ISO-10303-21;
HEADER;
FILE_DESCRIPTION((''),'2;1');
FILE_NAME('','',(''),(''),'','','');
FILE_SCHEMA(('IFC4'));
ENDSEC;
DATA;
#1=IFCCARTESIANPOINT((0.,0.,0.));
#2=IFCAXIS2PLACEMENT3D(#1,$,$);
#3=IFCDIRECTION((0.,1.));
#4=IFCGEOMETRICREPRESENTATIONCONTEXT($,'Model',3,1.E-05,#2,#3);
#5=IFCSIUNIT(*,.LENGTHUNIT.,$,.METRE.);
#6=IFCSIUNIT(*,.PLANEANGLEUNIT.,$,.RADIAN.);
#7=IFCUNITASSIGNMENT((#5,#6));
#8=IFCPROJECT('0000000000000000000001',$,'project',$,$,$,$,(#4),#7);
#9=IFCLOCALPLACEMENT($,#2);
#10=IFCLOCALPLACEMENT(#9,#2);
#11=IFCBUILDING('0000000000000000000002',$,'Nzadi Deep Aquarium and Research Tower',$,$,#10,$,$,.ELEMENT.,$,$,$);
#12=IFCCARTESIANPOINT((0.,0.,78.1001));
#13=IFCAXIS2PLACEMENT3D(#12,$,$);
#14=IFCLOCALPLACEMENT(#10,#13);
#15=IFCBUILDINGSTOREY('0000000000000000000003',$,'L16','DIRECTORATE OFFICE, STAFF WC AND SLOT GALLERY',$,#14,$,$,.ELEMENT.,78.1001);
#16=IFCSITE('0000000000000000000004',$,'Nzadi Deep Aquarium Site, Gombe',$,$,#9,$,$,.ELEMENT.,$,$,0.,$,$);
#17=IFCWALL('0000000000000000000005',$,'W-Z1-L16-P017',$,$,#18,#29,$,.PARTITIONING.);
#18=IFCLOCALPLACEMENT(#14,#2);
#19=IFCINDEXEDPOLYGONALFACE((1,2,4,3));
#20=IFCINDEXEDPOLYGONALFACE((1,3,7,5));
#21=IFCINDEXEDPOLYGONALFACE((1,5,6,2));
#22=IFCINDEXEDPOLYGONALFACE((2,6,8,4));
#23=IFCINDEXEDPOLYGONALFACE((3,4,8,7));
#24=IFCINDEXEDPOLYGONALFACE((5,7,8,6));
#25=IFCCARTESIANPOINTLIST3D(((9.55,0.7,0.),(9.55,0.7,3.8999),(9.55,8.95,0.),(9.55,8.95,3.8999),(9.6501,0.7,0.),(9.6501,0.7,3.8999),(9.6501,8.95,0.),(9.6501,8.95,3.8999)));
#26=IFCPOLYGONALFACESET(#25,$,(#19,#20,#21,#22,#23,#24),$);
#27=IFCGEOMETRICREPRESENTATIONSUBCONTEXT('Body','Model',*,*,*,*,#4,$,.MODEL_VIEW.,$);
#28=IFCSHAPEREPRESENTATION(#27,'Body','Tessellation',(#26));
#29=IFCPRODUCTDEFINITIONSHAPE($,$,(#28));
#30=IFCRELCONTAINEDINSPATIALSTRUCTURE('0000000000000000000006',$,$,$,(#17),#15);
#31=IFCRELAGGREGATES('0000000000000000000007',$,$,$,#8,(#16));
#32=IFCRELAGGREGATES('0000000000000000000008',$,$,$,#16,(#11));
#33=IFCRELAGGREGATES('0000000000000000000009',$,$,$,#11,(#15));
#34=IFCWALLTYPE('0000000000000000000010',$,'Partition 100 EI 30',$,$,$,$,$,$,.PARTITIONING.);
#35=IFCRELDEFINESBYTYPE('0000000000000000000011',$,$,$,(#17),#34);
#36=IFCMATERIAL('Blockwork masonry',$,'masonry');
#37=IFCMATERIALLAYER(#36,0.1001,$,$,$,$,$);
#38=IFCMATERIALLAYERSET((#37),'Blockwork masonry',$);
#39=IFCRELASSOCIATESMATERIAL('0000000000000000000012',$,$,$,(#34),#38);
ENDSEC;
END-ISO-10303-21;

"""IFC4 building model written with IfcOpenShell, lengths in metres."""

from ifc_helpers import new_model, si_unit, direction, frame, frame_2d, origin, place, context, subcontext, project, spatial, rectangle, extrude, material, layer, layer_set, type_object, element, save


model = new_model("IFC4")

# Units and contexts
model_context = context("Model", 3, precision=1e-05, world=origin(), true_north=direction((0.0, 1.0)))
body_context = subcontext(model_context, "Body", "Model", "MODEL_VIEW")
ifc_project = project(units=[si_unit("LENGTHUNIT", "METRE"), si_unit("PLANEANGLEUNIT", "RADIAN")], contexts=[model_context])

# Site, building, storey
site_placement = place(None, origin())
site = spatial("IfcSite", under=ifc_project, at=site_placement, Name="Nzadi Deep Aquarium Site, Gombe", CompositionType="ELEMENT", RefElevation=0.0)
building_placement = place(site_placement, origin())
building = spatial("IfcBuilding", under=site, at=building_placement, Name="Nzadi Deep Aquarium and Research Tower", CompositionType="ELEMENT")
storey_placement = place(building_placement, frame((0.0, 0.0, 78.1001)))
storey = spatial("IfcBuildingStorey", under=building, at=storey_placement, Name="L16", Description="DIRECTORATE OFFICE, STAFF WC AND SLOT GALLERY", CompositionType="ELEMENT", Elevation=78.1001)

# Wall
ifc_material_1 = material(Name="Blockwork masonry", Category="masonry")
ifc_layer_1 = layer(ifc_material_1, 0.1001)
ifc_layer_set_1 = layer_set([ifc_layer_1], Name="Blockwork masonry")
wall_type = type_object("IfcWallType", Name="Partition 100 EI 30", PredefinedType="PARTITIONING", material=ifc_layer_set_1)
wall_placement = place(storey_placement, frame((9.6001, 0.7, 0.0), z_axis=(0.0, 0.0, 1.0), x_axis=(0.0, 1.0, 0.0)))
element("IfcWall", 1, at=wall_placement, inside=storey, type_object=wall_type, Name="W-Z1-L16-P017", PredefinedType="PARTITIONING", context=body_context, shape_type="SweptSolid", body=[
    extrude(rectangle(XDim=8.25, YDim=0.1001, at=frame_2d((4.125, 0.0))), origin(), (0.0, 0.0, 1.0), 3.8999),
])

save(model, "model.ifc")
